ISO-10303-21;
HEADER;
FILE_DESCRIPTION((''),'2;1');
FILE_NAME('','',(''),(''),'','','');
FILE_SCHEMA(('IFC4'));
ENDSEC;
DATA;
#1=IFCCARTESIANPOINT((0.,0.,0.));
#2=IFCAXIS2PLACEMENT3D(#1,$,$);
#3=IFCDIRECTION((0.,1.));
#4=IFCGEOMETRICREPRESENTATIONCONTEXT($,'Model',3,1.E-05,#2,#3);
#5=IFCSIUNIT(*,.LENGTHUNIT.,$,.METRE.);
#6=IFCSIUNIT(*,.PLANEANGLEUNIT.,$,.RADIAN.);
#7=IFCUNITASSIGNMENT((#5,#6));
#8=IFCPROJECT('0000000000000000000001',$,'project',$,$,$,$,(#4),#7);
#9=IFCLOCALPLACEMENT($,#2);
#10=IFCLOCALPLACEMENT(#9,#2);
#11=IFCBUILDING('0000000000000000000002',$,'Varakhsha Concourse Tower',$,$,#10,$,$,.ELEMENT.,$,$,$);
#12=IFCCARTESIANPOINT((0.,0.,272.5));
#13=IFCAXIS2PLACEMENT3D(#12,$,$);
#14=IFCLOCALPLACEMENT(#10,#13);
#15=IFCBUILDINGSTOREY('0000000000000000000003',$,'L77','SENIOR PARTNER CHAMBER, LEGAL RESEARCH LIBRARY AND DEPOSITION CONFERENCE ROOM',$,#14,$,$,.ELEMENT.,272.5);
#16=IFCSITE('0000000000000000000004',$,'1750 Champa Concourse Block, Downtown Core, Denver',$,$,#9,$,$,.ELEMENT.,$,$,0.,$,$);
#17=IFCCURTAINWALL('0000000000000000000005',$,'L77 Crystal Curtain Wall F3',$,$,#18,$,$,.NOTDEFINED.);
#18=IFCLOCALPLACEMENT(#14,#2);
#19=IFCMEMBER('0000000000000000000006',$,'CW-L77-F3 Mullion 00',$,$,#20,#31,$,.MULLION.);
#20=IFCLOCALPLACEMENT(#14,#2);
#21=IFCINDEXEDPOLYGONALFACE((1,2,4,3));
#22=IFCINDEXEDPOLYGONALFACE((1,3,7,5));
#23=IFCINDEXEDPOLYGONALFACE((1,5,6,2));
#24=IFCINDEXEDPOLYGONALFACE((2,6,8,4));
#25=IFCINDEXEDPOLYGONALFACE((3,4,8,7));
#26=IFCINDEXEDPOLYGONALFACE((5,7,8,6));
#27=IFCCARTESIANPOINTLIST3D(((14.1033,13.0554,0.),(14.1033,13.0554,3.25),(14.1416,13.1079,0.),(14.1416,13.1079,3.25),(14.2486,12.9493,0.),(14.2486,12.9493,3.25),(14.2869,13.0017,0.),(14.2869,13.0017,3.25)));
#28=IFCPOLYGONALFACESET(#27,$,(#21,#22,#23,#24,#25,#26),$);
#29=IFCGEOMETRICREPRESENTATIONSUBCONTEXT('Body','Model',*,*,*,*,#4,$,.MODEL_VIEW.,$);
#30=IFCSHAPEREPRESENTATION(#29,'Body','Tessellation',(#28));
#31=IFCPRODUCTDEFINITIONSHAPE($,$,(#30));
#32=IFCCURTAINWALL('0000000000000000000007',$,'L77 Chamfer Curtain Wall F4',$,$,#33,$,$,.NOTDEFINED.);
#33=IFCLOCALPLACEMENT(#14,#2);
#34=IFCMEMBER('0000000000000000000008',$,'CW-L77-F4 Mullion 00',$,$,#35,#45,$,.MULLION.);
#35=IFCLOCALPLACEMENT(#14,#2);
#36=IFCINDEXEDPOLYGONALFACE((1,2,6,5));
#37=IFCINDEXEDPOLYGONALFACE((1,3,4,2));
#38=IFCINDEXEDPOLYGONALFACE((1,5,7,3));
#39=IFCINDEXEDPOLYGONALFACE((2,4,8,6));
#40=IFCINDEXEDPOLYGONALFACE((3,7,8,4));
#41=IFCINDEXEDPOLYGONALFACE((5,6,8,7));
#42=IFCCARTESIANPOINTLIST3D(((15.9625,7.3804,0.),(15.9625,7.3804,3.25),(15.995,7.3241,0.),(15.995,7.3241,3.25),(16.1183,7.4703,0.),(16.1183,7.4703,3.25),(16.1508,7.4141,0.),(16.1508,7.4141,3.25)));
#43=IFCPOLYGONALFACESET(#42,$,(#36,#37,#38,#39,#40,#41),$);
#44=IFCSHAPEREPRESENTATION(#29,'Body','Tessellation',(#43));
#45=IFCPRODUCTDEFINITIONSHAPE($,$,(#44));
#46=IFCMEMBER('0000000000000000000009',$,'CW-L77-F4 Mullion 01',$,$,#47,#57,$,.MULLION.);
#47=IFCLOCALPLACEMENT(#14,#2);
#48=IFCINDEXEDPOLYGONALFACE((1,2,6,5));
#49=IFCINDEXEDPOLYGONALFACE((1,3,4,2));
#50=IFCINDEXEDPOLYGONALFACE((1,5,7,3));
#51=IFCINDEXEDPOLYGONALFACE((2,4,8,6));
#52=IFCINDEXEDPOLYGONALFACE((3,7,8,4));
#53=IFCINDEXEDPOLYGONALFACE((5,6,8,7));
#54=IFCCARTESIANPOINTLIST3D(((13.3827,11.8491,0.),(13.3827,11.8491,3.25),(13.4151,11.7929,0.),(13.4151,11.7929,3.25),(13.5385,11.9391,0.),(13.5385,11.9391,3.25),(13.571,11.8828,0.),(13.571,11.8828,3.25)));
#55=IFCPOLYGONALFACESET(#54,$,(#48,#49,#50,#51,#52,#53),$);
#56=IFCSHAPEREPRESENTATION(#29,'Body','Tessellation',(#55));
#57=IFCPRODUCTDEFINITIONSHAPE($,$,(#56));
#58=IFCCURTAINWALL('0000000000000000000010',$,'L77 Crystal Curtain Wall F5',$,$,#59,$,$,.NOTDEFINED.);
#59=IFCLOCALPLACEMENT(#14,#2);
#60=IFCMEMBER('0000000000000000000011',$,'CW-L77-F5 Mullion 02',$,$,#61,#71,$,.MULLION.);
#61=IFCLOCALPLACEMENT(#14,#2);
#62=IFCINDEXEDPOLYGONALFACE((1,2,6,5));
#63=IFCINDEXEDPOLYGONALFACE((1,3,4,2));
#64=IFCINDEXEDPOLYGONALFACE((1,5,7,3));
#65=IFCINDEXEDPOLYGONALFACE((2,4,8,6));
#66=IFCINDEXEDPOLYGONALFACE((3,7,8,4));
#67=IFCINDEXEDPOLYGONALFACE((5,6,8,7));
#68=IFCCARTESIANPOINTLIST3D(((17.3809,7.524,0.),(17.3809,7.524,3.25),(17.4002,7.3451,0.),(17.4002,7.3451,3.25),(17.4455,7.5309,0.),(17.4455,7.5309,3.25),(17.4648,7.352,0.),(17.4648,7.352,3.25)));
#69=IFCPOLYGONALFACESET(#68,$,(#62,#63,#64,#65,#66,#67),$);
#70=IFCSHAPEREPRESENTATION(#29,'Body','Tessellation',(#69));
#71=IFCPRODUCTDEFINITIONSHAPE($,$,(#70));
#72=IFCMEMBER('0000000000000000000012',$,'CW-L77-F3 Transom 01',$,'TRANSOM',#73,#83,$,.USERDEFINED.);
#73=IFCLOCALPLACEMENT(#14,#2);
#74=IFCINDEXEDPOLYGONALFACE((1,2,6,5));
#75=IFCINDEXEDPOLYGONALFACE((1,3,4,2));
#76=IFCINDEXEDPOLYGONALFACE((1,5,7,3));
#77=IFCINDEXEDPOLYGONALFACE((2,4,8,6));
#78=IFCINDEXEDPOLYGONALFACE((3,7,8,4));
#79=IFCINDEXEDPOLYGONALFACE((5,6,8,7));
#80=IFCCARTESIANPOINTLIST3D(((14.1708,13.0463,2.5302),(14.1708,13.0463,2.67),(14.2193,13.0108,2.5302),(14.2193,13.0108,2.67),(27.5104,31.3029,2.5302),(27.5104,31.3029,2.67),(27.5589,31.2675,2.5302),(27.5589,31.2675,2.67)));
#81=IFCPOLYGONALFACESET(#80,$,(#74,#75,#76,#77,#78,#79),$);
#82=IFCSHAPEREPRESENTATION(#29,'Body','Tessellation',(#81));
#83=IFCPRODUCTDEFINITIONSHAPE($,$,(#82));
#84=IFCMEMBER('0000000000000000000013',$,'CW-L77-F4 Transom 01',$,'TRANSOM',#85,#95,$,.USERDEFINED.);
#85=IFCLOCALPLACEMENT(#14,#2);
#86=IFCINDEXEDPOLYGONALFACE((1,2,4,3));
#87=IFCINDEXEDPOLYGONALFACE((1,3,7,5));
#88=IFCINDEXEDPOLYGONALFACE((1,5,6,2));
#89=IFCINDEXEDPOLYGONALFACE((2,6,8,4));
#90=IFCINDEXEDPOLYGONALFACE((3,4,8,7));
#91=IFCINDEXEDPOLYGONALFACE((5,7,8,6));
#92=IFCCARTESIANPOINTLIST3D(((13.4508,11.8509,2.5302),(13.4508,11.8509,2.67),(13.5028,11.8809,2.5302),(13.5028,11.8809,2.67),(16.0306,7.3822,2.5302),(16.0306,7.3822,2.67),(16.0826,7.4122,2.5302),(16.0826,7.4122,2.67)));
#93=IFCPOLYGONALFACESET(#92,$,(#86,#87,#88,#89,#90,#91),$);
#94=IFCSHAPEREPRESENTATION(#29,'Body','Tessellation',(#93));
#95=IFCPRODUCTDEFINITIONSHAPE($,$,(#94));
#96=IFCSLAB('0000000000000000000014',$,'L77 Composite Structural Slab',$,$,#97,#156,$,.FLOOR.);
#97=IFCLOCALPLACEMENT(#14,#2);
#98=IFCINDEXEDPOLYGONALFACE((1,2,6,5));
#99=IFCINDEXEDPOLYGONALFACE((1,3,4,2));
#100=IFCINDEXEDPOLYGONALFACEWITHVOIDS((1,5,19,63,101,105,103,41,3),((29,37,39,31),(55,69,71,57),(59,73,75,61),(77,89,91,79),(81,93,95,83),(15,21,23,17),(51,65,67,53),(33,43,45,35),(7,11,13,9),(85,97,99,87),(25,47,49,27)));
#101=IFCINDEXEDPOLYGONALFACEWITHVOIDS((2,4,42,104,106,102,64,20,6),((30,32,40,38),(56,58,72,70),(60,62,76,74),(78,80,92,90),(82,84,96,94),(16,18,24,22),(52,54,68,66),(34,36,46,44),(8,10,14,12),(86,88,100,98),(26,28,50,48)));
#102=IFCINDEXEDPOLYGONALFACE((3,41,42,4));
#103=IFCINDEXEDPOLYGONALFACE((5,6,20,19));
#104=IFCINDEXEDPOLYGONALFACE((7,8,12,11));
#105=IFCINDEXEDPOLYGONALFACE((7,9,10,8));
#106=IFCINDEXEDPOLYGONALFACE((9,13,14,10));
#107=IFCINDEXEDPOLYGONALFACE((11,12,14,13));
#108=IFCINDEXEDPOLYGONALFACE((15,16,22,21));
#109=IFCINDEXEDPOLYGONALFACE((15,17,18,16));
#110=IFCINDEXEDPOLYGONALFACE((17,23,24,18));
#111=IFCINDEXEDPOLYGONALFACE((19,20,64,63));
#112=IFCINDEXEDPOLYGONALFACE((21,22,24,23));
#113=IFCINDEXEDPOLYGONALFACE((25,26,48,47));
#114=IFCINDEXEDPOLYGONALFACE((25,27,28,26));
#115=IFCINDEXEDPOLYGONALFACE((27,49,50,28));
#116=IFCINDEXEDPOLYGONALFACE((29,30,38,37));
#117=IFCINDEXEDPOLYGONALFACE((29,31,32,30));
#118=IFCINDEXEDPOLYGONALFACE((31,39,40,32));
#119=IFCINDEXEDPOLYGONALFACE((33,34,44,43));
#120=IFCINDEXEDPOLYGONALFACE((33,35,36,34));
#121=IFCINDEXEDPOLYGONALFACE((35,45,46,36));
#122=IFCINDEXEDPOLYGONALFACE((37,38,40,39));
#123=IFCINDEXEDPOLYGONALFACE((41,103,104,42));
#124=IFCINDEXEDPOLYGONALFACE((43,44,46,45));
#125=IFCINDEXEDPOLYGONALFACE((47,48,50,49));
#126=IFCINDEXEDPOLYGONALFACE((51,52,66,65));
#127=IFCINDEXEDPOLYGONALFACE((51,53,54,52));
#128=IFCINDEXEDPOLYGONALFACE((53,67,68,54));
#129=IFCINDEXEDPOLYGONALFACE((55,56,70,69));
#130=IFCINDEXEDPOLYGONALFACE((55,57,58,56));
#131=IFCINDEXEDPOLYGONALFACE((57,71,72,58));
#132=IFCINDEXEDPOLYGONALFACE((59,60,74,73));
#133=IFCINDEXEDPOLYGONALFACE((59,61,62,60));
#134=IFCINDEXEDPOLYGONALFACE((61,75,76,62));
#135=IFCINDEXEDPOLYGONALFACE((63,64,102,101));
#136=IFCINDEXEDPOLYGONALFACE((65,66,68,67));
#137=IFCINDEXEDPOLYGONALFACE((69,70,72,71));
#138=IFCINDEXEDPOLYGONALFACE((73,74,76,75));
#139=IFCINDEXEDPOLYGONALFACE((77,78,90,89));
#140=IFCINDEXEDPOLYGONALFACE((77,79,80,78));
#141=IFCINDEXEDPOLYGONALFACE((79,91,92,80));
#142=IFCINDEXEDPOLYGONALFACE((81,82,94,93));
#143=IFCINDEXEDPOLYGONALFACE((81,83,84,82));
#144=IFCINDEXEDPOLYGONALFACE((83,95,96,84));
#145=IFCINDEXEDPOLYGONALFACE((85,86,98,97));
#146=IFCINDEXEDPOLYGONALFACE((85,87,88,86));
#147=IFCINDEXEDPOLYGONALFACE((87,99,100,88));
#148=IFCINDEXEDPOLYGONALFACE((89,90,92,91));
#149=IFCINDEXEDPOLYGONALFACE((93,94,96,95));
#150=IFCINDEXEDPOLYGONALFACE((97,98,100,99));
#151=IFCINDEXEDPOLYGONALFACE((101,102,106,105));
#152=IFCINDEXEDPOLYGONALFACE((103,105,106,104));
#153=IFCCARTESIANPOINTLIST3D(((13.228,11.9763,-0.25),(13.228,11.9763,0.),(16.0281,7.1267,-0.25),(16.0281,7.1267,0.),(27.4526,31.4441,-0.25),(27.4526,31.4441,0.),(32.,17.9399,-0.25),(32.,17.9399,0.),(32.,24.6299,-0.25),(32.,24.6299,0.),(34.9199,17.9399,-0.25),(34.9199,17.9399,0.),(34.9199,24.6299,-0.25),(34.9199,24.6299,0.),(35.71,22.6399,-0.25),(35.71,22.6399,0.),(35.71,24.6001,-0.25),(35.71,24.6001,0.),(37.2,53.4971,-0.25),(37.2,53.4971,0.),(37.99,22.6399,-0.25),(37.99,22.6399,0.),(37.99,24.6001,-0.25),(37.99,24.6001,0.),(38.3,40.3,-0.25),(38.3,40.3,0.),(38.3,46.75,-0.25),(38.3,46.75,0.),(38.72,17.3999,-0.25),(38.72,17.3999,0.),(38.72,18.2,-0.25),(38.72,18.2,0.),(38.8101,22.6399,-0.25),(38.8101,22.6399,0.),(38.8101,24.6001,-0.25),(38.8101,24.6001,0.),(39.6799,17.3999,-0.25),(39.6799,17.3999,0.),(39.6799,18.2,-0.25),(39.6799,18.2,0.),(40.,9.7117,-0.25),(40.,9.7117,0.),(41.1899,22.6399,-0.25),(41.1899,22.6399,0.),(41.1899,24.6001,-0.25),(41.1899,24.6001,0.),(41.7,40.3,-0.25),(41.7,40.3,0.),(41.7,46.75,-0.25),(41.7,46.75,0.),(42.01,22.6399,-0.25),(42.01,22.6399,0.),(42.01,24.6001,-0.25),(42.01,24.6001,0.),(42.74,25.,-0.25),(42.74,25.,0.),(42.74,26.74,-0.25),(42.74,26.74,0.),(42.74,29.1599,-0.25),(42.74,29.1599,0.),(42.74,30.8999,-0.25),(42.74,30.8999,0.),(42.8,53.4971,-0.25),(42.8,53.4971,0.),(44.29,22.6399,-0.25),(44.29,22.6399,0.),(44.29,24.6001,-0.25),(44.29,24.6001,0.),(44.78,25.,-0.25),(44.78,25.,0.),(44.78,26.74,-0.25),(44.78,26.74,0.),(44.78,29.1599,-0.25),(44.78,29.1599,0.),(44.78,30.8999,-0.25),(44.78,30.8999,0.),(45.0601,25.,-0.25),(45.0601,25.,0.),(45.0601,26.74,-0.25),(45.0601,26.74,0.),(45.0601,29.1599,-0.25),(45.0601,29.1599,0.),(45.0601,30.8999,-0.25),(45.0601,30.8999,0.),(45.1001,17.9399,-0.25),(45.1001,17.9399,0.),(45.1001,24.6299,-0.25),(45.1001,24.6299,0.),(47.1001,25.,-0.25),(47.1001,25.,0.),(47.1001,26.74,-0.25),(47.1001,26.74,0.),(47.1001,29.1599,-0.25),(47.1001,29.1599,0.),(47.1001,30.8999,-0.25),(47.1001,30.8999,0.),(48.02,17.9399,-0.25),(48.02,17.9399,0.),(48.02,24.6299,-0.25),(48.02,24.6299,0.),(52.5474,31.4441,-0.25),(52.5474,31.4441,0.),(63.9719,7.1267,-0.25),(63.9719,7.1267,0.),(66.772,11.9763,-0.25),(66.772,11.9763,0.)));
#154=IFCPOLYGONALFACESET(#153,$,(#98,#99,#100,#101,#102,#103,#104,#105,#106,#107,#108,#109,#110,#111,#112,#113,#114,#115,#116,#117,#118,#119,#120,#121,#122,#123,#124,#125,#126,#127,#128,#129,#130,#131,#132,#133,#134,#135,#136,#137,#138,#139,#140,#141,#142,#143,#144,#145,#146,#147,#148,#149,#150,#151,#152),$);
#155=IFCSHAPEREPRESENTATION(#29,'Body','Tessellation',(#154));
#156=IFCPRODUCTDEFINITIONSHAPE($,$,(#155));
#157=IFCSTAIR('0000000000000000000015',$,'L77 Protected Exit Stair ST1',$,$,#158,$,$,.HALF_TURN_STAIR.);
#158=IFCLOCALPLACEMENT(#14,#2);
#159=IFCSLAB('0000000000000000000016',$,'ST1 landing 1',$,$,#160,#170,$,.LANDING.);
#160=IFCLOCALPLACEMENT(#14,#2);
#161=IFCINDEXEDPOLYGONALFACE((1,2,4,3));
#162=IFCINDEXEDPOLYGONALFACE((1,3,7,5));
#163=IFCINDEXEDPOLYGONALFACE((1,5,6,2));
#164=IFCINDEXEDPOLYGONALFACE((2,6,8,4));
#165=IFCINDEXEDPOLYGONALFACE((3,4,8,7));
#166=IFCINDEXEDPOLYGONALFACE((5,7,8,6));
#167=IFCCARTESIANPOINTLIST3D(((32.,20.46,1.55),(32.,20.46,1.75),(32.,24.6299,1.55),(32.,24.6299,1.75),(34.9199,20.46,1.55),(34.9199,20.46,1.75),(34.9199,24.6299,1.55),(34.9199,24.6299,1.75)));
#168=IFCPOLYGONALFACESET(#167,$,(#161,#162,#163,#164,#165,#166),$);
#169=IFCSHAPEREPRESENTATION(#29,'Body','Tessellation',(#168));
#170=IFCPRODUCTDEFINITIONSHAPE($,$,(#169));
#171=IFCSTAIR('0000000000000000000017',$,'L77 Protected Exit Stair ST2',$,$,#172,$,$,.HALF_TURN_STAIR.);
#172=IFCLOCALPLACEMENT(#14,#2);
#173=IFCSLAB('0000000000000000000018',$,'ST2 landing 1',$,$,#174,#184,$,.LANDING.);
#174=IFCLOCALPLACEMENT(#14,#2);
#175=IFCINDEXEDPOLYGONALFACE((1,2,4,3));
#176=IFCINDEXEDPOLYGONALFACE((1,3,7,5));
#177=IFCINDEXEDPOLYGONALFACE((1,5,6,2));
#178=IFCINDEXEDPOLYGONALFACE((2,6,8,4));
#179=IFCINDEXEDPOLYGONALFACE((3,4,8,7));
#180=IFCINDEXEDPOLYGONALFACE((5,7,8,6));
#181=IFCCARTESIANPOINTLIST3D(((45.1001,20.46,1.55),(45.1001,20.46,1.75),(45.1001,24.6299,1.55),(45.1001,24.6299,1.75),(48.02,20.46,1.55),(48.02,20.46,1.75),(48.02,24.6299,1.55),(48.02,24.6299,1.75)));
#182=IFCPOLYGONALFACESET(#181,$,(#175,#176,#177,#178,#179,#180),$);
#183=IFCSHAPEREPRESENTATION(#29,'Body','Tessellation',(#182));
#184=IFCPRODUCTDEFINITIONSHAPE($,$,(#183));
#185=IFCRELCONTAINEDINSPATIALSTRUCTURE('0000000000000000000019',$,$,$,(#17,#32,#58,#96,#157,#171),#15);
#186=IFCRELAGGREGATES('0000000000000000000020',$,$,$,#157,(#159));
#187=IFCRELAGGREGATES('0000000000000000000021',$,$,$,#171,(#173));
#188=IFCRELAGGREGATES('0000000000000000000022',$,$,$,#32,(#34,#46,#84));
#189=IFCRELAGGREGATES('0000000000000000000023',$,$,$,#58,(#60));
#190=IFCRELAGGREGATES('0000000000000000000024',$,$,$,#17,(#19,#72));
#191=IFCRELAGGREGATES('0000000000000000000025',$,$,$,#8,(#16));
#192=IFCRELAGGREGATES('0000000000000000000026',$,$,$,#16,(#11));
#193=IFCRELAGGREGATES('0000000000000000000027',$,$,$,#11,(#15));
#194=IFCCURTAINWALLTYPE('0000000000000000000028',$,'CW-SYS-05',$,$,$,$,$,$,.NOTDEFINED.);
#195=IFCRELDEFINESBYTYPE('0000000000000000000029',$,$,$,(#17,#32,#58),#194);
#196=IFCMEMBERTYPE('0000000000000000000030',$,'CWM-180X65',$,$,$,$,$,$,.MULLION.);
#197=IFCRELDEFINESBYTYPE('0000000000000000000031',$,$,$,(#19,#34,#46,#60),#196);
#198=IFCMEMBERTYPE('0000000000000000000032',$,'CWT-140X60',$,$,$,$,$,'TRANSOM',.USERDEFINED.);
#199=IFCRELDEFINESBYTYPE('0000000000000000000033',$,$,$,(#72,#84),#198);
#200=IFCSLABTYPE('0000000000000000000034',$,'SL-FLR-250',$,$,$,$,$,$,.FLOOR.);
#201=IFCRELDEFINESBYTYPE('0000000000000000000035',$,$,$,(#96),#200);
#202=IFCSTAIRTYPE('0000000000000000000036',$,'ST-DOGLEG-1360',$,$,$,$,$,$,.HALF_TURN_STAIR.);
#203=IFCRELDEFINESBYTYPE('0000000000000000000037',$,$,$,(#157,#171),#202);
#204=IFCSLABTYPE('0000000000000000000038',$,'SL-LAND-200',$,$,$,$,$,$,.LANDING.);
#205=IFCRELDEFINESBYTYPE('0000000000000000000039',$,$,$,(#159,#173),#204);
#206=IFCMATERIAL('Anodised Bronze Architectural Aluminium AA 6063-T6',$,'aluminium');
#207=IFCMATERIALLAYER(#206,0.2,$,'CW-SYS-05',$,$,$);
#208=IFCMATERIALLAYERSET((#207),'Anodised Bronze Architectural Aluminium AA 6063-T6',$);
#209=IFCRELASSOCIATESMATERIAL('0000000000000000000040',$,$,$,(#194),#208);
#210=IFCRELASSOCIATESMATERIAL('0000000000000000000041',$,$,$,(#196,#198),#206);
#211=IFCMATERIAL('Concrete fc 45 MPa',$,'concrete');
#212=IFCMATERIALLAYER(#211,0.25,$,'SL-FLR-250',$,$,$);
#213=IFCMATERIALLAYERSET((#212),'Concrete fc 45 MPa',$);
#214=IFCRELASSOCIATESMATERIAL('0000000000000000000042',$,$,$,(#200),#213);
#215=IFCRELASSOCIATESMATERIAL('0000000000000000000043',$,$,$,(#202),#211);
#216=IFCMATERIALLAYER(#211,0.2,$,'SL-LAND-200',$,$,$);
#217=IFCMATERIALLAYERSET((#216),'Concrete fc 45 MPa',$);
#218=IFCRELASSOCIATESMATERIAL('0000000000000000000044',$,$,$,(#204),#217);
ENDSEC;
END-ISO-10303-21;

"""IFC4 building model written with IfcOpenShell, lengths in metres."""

from ifc_helpers import new_model, si_unit, direction, frame, origin, origin_2d, place, context, subcontext, project, spatial, polyline, rectangle, outline, extrude, source, transform, mapped, material, layer, layer_set, material_profile, profile_set, type_object, type_shapes, element, aggregate, save


model = new_model("IFC4")

# Units and contexts
model_context = context("Model", 3, precision=1e-05, world=origin(), true_north=direction((0.0, 1.0)))
body_context = subcontext(model_context, "Body", "Model", "MODEL_VIEW")
ifc_project = project(units=[si_unit("LENGTHUNIT", "METRE"), si_unit("PLANEANGLEUNIT", "RADIAN")], contexts=[model_context])

# Site, building, storey
site_placement = place(None, origin())
site = spatial("IfcSite", under=ifc_project, at=site_placement, Name="1750 Champa Concourse Block, Downtown Core, Denver", CompositionType="ELEMENT", RefElevation=0.0)
building_placement = place(site_placement, origin())
building = spatial("IfcBuilding", under=site, at=building_placement, Name="Varakhsha Concourse Tower", CompositionType="ELEMENT")
storey_placement = place(building_placement, frame((0.0, 0.0, 272.5)))
storey = spatial("IfcBuildingStorey", under=building, at=storey_placement, Name="L77", Description="SENIOR PARTNER CHAMBER, LEGAL RESEARCH LIBRARY AND DEPOSITION CONFERENCE ROOM", CompositionType="ELEMENT", Elevation=272.5)

# Curtain wall, member
ifc_material_1 = material(Name="Anodised Bronze Architectural Aluminium AA 6063-T6", Category="aluminium")
ifc_layer_1 = layer(ifc_material_1, 0.2, Name="CW-SYS-05")
ifc_layer_set_1 = layer_set([ifc_layer_1], Name="Anodised Bronze Architectural Aluminium AA 6063-T6")
curtain_wall_type = type_object("IfcCurtainWallType", Name="CW-SYS-05", PredefinedType="NOTDEFINED", material=ifc_layer_set_1)
curtain_wall_1_placement = place(storey_placement, origin())
curtain_wall_1 = element("IfcCurtainWall", 1, at=curtain_wall_1_placement, inside=storey, type_object=curtain_wall_type, Name="L77 Crystal Curtain Wall F3", PredefinedType="NOTDEFINED")
ifc_material_profile_1 = material_profile(ifc_material_1, rectangle(XDim=0.0649, YDim=0.1799, at=origin_2d()), Name="CWM-180X65")
ifc_profile_set_1 = profile_set([ifc_material_profile_1], Name="Anodised Bronze Architectural Aluminium AA 6063-T6")
member_type_1 = type_object("IfcMemberType", Name="CWM-180X65", PredefinedType="MULLION", material=ifc_profile_set_1)
shared_shape_1 = source(origin(), body_context, "Body", "SweptSolid", [
    extrude(rectangle(XDim=0.0649, YDim=0.1799, at=origin_2d()), origin(), (0.0, 0.0, 1.0), 3.25),
])
type_shapes(member_type_1, [shared_shape_1])
member_1_placement = place(storey_placement, frame((14.1951, 13.0286, 0.0), z_axis=(0.0, 0.0, 1.0), x_axis=(0.58996, 0.807432, 0.0)))
member_1 = element("IfcMember", 2, at=member_1_placement, type_object=member_type_1, Name="CW-L77-F3 Mullion 00", PredefinedType="MULLION", context=body_context, shape_type="MappedRepresentation", body=[
    mapped(shared_shape_1, transform((0.0, 0.0, 0.0), scale=1.0)),
])

# Curtain wall, members
curtain_wall_2_placement = place(storey_placement, origin())
curtain_wall_2 = element("IfcCurtainWall", 3, at=curtain_wall_2_placement, inside=storey, type_object=curtain_wall_type, Name="L77 Chamfer Curtain Wall F4", PredefinedType="NOTDEFINED")
member_2_placement = place(storey_placement, frame((16.0566, 7.3972, 0.0), z_axis=(0.0, 0.0, 1.0), x_axis=(-0.499991, 0.866031, 0.0)))
member_2 = element("IfcMember", 4, at=member_2_placement, type_object=member_type_1, Name="CW-L77-F4 Mullion 00", PredefinedType="MULLION", context=body_context, shape_type="MappedRepresentation", body=[
    mapped(shared_shape_1, transform((0.0, 0.0, 0.0), scale=1.0)),
])
member_3_placement = place(storey_placement, frame((13.4768, 11.866, 0.0), z_axis=(0.0, 0.0, 1.0), x_axis=(-0.499991, 0.866031, 0.0)))
member_3 = element("IfcMember", 5, at=member_3_placement, type_object=member_type_1, Name="CW-L77-F4 Mullion 01", PredefinedType="MULLION", context=body_context, shape_type="MappedRepresentation", body=[
    mapped(shared_shape_1, transform((0.0, 0.0, 0.0), scale=1.0)),
])

# Curtain wall, member
curtain_wall_3_placement = place(storey_placement, origin())
curtain_wall_3 = element("IfcCurtainWall", 6, at=curtain_wall_3_placement, inside=storey, type_object=curtain_wall_type, Name="L77 Crystal Curtain Wall F5", PredefinedType="NOTDEFINED")
member_4_placement = place(storey_placement, frame((17.4229, 7.438, 0.0), z_axis=(0.0, 0.0, 1.0), x_axis=(-0.994236, -0.10721, 0.0)))
member_4 = element("IfcMember", 7, at=member_4_placement, type_object=member_type_1, Name="CW-L77-F5 Mullion 02", PredefinedType="MULLION", context=body_context, shape_type="MappedRepresentation", body=[
    mapped(shared_shape_1, transform((0.0, 0.0, 0.0), scale=1.0)),
])

# Members
ifc_material_profile_2 = material_profile(ifc_material_1, rectangle(XDim=0.0601, YDim=0.1399, at=origin_2d()), Name="CWT-140X60")
ifc_profile_set_2 = profile_set([ifc_material_profile_2], Name="Anodised Bronze Architectural Aluminium AA 6063-T6")
member_type_2 = type_object("IfcMemberType", Name="CWT-140X60", ElementType="TRANSOM", PredefinedType="USERDEFINED", material=ifc_profile_set_2)
shared_shape_2 = source(origin(), body_context, "Body", "SweptSolid", [
    extrude(rectangle(XDim=0.0601, YDim=0.1399, at=origin_2d()), origin(), (0.0, 0.0, 1.0), 22.6108),
])
member_5_placement = place(storey_placement, frame((14.1951, 13.0286, 2.6001), z_axis=(0.589966, 0.807428, 0.0), x_axis=(-0.807428, 0.589966, 0.0)))
member_5 = element("IfcMember", 8, at=member_5_placement, type_object=member_type_2, Name="CW-L77-F3 Transom 01", ObjectType="TRANSOM", PredefinedType="USERDEFINED", context=body_context, shape_type="MappedRepresentation", body=[
    mapped(shared_shape_2, transform((0.0, 0.0, 0.0), scale=1.0)),
])
shared_shape_3 = source(origin(), body_context, "Body", "SweptSolid", [
    extrude(rectangle(XDim=0.0601, YDim=0.1399, at=origin_2d()), origin(), (0.0, 0.0, 1.0), 5.1599),
])
type_shapes(member_type_2, [shared_shape_2, shared_shape_3])
member_6_placement = place(storey_placement, frame((16.0566, 7.3972, 2.6001), z_axis=(-0.499971, 0.866042, 0.0), x_axis=(-0.866042, -0.499971, 0.0)))
member_6 = element("IfcMember", 9, at=member_6_placement, type_object=member_type_2, Name="CW-L77-F4 Transom 01", ObjectType="TRANSOM", PredefinedType="USERDEFINED", context=body_context, shape_type="MappedRepresentation", body=[
    mapped(shared_shape_3, transform((0.0, 0.0, 0.0), scale=1.0)),
])

# Slab
ifc_material_2 = material(Name="Concrete fc 45 MPa", Category="concrete")
ifc_layer_2 = layer(ifc_material_2, 0.25, Name="SL-FLR-250")
ifc_layer_set_2 = layer_set([ifc_layer_2], Name="Concrete fc 45 MPa")
slab_type_1 = type_object("IfcSlabType", Name="SL-FLR-250", PredefinedType="FLOOR", material=ifc_layer_set_2)
slab_1_placement = place(storey_placement, frame((0.0, 0.0, -0.25)))
element("IfcSlab", 10, at=slab_1_placement, inside=storey, type_object=slab_type_1, Name="L77 Composite Structural Slab", PredefinedType="FLOOR", context=body_context, shape_type="SweptSolid", body=[
    extrude(outline(polyline([(42.8, 53.4971), (37.2, 53.4971), (27.4526, 31.4441), (13.228, 11.9763), (16.0281, 7.1267), (40.0, 9.7117), (63.9719, 7.1267), (66.772, 11.9763), (52.5474, 31.4441), (42.8, 53.4971)]), holes=[polyline([(34.9199, 17.9399), (34.9199, 24.6299), (32.0, 24.6299), (32.0, 17.9399), (34.9199, 17.9399)]), polyline([(48.02, 17.9399), (48.02, 24.6299), (45.1001, 24.6299), (45.1001, 17.9399), (48.02, 17.9399)]), polyline([(41.7, 40.3), (41.7, 46.75), (38.3, 46.75), (38.3, 40.3), (41.7, 40.3)]), polyline([(42.74, 29.1599), (44.78, 29.1599), (44.78, 30.8999), (42.74, 30.8999), (42.74, 29.1599)]), polyline([(45.0601, 29.1599), (47.1001, 29.1599), (47.1001, 30.8999), (45.0601, 30.8999), (45.0601, 29.1599)]), polyline([(42.74, 25.0), (44.78, 25.0), (44.78, 26.74), (42.74, 26.74), (42.74, 25.0)]), polyline([(45.0601, 25.0), (47.1001, 25.0), (47.1001, 26.74), (45.0601, 26.74), (45.0601, 25.0)]), polyline([(35.71, 22.6399), (37.99, 22.6399), (37.99, 24.6001), (35.71, 24.6001), (35.71, 22.6399)]), polyline([(42.01, 22.6399), (44.29, 22.6399), (44.29, 24.6001), (42.01, 24.6001), (42.01, 22.6399)]), polyline([(38.8101, 22.6399), (41.1899, 22.6399), (41.1899, 24.6001), (38.8101, 24.6001), (38.8101, 22.6399)]), polyline([(38.72, 17.3999), (39.6799, 17.3999), (39.6799, 18.2), (38.72, 18.2), (38.72, 17.3999)])]), origin(), (0.0, 0.0, 1.0), 0.25),
])

# Stairs, slabs
stair_type_1 = type_object("IfcStairType", Name="ST-DOGLEG-1360", PredefinedType="HALF_TURN_STAIR", material=ifc_material_2)
stair_1_placement = place(storey_placement, origin())
stair_1 = element("IfcStair", 11, at=stair_1_placement, inside=storey, type_object=stair_type_1, Name="L77 Protected Exit Stair ST1", PredefinedType="HALF_TURN_STAIR")
ifc_layer_3 = layer(ifc_material_2, 0.2, Name="SL-LAND-200")
ifc_layer_set_3 = layer_set([ifc_layer_3], Name="Concrete fc 45 MPa")
slab_type_2 = type_object("IfcSlabType", Name="SL-LAND-200", PredefinedType="LANDING", material=ifc_layer_set_3)
slab_2_placement = place(storey_placement, frame((0.0, 0.0, 1.55)))
slab_2 = element("IfcSlab", 12, at=slab_2_placement, type_object=slab_type_2, Name="ST1 landing 1", PredefinedType="LANDING", context=body_context, shape_type="SweptSolid", body=[
    extrude(outline(polyline([(34.9199, 20.46), (34.9199, 24.6299), (32.0, 24.6299), (32.0, 20.46), (34.9199, 20.46)])), origin(), (0.0, 0.0, 1.0), 0.2),
])
aggregate(stair_1, [slab_2])
stair_2_placement = place(storey_placement, origin())
stair_2 = element("IfcStair", 13, at=stair_2_placement, inside=storey, type_object=stair_type_1, Name="L77 Protected Exit Stair ST2", PredefinedType="HALF_TURN_STAIR")
slab_3_placement = place(storey_placement, frame((0.0, 0.0, 1.55)))
slab_3 = element("IfcSlab", 14, at=slab_3_placement, type_object=slab_type_2, Name="ST2 landing 1", PredefinedType="LANDING", context=body_context, shape_type="SweptSolid", body=[
    extrude(outline(polyline([(48.02, 20.46), (48.02, 24.6299), (45.1001, 24.6299), (45.1001, 20.46), (48.02, 20.46)])), origin(), (0.0, 0.0, 1.0), 0.2),
])
aggregate(stair_2, [slab_3])

aggregate(curtain_wall_2, [member_2, member_3, member_6])
aggregate(curtain_wall_3, [member_4])
aggregate(curtain_wall_1, [member_1, member_5])

save(model, "model.ifc")
